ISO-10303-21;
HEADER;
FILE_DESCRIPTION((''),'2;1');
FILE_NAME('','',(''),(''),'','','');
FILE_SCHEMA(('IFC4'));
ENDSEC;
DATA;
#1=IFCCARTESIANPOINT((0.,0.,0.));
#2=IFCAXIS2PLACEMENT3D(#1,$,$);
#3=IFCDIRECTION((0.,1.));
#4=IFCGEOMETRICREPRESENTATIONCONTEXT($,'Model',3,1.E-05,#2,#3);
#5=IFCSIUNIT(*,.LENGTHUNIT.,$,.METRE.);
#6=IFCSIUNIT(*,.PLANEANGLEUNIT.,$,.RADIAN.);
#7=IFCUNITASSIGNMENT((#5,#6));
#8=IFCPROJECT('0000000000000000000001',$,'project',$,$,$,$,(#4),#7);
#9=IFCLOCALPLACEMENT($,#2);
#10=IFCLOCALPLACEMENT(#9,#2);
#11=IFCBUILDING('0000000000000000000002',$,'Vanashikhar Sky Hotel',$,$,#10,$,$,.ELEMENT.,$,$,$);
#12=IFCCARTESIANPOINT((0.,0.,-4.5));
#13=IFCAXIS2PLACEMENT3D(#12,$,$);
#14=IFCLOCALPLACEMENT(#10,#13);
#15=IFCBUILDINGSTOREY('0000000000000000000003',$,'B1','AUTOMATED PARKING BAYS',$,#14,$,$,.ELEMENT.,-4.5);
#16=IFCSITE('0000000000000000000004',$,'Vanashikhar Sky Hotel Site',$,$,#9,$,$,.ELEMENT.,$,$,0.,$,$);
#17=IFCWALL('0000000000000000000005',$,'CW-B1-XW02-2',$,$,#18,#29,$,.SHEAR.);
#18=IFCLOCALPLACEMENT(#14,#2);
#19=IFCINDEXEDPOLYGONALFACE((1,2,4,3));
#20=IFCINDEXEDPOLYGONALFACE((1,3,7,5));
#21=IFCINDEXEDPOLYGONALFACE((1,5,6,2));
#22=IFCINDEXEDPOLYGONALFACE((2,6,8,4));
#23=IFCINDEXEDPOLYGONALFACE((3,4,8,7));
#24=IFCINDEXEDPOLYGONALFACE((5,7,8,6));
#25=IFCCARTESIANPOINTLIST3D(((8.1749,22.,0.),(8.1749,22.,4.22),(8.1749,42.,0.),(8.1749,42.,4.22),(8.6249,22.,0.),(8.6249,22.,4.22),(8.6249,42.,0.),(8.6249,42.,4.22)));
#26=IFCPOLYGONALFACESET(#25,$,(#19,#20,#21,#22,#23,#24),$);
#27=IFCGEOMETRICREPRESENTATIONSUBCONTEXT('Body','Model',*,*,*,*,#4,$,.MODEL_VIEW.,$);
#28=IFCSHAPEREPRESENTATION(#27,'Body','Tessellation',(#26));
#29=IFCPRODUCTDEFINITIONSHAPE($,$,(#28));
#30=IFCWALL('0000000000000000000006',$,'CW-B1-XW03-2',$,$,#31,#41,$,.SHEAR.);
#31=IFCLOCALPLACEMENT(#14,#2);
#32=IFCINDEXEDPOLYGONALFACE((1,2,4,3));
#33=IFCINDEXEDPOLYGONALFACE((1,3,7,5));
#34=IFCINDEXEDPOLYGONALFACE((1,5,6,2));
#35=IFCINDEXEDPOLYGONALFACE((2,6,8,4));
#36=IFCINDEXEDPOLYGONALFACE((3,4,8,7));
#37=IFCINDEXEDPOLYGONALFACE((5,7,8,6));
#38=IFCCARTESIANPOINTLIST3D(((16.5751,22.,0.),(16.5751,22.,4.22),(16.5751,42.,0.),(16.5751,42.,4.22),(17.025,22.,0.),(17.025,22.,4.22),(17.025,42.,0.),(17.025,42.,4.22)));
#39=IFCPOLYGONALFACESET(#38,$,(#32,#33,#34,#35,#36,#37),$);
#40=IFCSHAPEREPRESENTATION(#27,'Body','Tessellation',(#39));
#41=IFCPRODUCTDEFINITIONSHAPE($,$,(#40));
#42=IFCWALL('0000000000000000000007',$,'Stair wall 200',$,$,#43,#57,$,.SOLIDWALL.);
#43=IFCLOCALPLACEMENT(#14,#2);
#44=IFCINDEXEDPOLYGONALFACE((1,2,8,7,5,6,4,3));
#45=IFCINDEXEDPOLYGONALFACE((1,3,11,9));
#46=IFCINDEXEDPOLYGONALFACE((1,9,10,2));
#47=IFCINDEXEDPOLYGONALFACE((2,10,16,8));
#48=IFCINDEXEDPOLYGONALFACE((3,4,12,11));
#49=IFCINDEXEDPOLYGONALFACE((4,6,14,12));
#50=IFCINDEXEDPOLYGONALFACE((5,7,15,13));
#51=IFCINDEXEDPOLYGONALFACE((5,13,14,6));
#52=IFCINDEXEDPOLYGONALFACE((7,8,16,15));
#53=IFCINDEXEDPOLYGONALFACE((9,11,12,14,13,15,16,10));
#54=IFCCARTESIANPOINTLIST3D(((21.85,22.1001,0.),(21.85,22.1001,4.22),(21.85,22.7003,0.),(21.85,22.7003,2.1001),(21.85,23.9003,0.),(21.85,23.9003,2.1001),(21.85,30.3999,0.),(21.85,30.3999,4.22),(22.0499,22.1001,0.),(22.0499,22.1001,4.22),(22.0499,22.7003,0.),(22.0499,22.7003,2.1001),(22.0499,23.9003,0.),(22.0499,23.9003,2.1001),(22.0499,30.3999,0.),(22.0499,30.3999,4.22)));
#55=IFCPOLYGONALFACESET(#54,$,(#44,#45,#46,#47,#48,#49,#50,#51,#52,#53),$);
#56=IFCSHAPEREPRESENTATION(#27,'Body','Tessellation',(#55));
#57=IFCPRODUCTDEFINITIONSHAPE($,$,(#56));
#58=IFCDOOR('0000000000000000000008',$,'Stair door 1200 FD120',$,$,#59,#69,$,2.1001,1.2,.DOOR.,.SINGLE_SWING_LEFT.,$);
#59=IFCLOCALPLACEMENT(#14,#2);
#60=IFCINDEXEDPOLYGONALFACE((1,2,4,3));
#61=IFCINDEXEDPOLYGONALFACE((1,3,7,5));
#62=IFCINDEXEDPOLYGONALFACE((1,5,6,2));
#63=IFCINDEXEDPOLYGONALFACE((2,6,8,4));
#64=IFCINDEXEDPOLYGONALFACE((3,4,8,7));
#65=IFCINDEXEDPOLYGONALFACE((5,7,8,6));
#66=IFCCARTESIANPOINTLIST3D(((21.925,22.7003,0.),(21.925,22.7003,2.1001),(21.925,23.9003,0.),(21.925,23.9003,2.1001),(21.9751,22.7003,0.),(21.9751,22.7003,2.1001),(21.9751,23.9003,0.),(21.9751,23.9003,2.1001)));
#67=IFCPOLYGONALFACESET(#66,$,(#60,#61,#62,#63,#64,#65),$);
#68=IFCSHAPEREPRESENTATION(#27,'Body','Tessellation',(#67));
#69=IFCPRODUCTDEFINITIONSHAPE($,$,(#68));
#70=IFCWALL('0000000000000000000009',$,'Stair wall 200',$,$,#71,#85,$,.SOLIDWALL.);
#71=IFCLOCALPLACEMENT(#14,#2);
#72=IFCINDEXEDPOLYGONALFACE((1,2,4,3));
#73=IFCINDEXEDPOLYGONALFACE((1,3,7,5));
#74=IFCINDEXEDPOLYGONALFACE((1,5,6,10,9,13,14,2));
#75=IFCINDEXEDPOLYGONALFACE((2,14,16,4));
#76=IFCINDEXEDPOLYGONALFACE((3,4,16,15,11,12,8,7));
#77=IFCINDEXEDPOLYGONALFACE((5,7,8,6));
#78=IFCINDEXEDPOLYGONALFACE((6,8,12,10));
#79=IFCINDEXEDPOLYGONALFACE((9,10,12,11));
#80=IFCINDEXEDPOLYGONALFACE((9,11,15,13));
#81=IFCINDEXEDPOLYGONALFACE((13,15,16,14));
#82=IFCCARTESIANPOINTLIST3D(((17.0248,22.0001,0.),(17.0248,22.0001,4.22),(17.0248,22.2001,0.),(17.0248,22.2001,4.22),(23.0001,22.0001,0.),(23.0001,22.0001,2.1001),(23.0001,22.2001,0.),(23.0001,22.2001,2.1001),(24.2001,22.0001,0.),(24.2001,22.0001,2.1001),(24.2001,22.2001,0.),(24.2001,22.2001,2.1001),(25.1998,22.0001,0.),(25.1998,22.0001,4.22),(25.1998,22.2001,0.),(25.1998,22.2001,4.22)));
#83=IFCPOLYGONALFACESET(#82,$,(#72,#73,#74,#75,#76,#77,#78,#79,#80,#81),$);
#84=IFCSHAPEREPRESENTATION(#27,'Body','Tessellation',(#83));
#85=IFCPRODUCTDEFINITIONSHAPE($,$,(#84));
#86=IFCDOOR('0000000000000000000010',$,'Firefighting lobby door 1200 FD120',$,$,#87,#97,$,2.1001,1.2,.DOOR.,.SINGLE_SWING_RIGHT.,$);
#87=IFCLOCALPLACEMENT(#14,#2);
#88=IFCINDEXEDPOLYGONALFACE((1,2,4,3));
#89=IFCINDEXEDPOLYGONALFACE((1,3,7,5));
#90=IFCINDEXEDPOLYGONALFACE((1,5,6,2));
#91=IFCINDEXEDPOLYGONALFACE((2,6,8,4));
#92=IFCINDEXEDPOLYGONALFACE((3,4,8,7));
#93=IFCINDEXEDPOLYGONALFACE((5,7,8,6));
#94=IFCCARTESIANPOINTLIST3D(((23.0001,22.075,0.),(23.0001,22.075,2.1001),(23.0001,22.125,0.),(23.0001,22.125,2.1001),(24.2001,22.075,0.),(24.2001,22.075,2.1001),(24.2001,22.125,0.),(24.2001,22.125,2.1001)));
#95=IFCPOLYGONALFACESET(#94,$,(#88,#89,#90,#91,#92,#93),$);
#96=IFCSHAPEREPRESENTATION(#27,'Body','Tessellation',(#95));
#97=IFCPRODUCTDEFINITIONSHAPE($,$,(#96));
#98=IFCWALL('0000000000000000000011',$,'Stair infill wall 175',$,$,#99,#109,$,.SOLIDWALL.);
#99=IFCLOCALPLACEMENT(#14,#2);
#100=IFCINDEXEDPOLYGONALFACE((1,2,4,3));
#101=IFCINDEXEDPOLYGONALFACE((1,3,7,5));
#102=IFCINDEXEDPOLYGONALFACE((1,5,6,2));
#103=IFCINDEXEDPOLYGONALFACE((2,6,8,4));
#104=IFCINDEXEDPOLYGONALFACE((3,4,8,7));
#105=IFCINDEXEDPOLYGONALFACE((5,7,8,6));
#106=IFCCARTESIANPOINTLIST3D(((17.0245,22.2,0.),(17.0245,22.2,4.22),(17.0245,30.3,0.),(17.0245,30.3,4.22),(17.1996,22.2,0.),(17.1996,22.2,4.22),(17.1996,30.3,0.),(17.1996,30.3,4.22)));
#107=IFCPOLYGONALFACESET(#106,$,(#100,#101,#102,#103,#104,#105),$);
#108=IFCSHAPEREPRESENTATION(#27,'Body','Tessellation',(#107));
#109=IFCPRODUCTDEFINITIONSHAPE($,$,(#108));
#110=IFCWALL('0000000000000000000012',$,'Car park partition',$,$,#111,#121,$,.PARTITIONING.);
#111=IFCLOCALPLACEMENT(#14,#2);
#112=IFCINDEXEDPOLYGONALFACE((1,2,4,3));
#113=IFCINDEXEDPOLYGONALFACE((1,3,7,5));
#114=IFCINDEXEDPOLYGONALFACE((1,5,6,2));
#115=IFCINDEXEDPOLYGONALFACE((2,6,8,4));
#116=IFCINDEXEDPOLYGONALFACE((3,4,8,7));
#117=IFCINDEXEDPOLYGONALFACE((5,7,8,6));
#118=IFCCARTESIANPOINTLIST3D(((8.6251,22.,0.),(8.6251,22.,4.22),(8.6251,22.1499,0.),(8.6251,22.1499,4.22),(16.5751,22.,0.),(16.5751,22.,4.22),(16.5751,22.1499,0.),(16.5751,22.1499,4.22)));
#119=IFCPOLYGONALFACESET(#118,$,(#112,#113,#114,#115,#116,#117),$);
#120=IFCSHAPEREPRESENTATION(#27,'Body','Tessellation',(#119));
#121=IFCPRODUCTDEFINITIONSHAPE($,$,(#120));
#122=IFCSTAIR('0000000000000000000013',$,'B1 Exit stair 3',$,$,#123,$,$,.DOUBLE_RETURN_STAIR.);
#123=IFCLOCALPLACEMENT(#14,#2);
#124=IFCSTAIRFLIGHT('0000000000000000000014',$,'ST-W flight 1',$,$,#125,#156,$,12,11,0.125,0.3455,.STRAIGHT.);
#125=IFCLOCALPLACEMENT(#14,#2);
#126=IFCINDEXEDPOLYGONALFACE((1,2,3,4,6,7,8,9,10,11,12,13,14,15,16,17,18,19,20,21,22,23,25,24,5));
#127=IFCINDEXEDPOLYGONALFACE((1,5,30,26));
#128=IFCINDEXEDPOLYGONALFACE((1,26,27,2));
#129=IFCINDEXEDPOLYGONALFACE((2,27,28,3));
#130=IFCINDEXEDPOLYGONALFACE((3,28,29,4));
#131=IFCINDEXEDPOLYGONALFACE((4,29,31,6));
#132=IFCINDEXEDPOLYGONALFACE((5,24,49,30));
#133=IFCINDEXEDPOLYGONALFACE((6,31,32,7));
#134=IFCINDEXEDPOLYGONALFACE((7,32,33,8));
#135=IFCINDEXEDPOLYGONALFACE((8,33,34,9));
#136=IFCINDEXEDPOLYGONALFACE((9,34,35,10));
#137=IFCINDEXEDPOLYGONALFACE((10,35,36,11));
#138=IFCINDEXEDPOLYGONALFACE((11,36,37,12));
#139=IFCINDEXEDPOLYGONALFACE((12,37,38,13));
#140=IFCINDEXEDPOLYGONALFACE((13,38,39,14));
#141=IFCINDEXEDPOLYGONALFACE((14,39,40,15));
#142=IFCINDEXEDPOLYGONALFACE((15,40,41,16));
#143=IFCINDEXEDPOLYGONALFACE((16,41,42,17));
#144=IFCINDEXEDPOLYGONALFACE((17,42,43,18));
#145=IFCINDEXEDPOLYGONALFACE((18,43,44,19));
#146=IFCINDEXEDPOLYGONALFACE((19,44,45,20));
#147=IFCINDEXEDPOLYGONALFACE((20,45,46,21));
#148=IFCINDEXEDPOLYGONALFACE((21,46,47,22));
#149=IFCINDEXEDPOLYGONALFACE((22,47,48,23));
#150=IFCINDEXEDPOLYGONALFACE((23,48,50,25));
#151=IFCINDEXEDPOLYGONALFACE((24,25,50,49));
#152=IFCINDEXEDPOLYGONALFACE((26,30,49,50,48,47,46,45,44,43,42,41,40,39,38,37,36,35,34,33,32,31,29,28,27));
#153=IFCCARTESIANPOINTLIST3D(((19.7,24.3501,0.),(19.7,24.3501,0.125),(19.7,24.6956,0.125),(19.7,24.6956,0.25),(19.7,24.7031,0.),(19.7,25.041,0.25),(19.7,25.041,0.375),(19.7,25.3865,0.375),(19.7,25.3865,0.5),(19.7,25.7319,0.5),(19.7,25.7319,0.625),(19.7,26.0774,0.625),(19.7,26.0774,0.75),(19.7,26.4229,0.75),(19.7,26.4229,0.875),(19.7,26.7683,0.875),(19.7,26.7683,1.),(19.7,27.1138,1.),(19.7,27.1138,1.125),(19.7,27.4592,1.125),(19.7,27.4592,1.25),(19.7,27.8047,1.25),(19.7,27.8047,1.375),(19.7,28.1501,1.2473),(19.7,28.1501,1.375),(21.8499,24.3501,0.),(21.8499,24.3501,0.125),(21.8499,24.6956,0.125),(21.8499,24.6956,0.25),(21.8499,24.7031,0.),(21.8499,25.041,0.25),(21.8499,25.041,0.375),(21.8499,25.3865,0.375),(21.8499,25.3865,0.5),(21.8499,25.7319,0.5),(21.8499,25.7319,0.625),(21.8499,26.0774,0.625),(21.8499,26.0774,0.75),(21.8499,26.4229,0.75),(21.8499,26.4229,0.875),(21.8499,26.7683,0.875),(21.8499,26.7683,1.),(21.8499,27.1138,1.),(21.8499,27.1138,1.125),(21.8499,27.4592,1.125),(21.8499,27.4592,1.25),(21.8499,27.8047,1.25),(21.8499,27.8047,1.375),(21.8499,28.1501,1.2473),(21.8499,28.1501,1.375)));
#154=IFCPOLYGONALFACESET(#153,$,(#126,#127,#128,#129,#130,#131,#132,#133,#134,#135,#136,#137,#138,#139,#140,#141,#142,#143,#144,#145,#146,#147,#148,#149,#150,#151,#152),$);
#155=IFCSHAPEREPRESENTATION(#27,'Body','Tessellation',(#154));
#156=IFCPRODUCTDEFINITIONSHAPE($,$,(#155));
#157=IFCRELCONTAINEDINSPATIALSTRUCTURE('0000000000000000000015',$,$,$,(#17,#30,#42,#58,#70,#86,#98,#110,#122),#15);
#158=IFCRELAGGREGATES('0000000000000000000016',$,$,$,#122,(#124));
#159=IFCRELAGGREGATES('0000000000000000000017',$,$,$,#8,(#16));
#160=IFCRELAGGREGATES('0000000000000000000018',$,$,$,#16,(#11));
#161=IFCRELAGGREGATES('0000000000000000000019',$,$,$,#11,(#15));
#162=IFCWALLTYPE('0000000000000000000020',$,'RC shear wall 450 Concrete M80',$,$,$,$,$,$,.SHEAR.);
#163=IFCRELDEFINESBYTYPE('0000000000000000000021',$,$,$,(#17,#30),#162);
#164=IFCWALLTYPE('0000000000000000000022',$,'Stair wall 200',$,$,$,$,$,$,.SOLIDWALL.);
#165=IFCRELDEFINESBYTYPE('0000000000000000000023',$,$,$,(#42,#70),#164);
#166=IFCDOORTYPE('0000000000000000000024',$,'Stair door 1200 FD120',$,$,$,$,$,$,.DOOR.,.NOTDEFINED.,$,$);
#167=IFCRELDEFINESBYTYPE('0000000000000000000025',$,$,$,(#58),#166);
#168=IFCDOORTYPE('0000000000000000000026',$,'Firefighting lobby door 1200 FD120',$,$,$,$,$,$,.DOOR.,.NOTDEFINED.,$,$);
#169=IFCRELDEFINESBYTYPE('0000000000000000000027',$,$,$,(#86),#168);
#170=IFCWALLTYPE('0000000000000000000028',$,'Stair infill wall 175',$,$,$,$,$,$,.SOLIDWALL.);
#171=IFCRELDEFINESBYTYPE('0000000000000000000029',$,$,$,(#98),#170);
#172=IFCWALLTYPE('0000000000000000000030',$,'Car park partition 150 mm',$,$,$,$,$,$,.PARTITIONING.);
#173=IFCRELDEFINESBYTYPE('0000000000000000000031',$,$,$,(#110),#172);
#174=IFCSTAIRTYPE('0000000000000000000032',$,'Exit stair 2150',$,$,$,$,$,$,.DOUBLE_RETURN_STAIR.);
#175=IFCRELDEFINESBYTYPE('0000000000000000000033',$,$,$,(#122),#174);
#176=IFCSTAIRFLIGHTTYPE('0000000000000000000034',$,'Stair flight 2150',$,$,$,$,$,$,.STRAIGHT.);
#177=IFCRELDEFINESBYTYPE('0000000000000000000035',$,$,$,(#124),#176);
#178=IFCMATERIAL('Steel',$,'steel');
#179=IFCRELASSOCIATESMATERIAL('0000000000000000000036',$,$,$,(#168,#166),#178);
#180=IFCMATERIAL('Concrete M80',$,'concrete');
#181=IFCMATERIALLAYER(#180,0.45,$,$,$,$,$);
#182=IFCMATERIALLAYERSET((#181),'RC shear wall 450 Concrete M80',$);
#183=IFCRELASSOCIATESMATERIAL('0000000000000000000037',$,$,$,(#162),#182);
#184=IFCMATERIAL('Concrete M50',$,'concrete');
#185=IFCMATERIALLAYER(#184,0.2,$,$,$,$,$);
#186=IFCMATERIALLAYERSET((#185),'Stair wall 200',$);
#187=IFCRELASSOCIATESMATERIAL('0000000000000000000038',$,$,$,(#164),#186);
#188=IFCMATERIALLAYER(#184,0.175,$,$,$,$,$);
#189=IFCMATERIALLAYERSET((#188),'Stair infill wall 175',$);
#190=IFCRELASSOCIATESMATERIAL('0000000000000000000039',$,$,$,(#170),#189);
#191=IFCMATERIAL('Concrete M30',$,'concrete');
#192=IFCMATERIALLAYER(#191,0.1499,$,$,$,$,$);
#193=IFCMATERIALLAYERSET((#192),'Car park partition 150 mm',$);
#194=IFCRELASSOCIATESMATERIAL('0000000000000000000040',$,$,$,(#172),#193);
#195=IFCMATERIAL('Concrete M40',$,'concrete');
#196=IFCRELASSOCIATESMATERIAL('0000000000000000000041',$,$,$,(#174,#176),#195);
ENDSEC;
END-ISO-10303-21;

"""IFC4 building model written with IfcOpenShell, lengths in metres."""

from ifc_helpers import new_model, si_unit, direction, frame, frame_2d, origin, place, context, subcontext, project, spatial, polyline, rectangle, outline, extrude, source, transform, mapped, material, layer, layer_set, type_object, element, fill, aggregate, save


model = new_model("IFC4")

# Units and contexts
model_context = context("Model", 3, precision=1e-05, world=origin(), true_north=direction((0.0, 1.0)))
body_context = subcontext(model_context, "Body", "Model", "MODEL_VIEW")
ifc_project = project(units=[si_unit("LENGTHUNIT", "METRE"), si_unit("PLANEANGLEUNIT", "RADIAN")], contexts=[model_context])

# Site, building, storey
site_placement = place(None, origin())
site = spatial("IfcSite", under=ifc_project, at=site_placement, Name="Vanashikhar Sky Hotel Site", CompositionType="ELEMENT", RefElevation=0.0)
building_placement = place(site_placement, origin())
building = spatial("IfcBuilding", under=site, at=building_placement, Name="Vanashikhar Sky Hotel", CompositionType="ELEMENT")
storey_placement = place(building_placement, frame((0.0, 0.0, -4.5)))
storey = spatial("IfcBuildingStorey", under=building, at=storey_placement, Name="B1", Description="AUTOMATED PARKING BAYS", CompositionType="ELEMENT", Elevation=-4.5)

# Shared definitions
ifc_material_1 = material(Name="Concrete M50", Category="concrete")

# Shared definitions
ifc_material_2 = material(Name="Concrete M80", Category="concrete")
ifc_material_3 = material(Name="Steel", Category="steel")
door_type_1 = type_object("IfcDoorType", Name="Firefighting lobby door 1200 FD120", OperationType="NOTDEFINED", PredefinedType="DOOR", material=ifc_material_3)

# Walls
ifc_layer_1 = layer(ifc_material_2, 0.45)
ifc_layer_set_1 = layer_set([ifc_layer_1], Name="RC shear wall 450 Concrete M80")
wall_type_1 = type_object("IfcWallType", Name="RC shear wall 450 Concrete M80", PredefinedType="SHEAR", material=ifc_layer_set_1)
shared_shape_1 = source(origin(), body_context, "Body", "SweptSolid", [
    extrude(rectangle(XDim=20.0, YDim=0.45, at=frame_2d((10.0, 0.0))), origin(), (0.0, 0.0, 1.0), 4.22),
])
for number, where, z_axis, x_axis, name in (
    (1, (8.3999, 22.0, 0.0), (0.0, 0.0, 1.0), (0.0, 1.0, 0.0), "CW-B1-XW02-2"),
    (2, (16.8, 22.0, 0.0), (0.0, 0.0, 1.0), (0.0, 1.0, 0.0), "CW-B1-XW03-2"),
):
    element("IfcWall", number, at=place(storey_placement, frame(where, z_axis=z_axis, x_axis=x_axis)), inside=storey, type_object=wall_type_1, Name=name, PredefinedType="SHEAR", context=body_context, shape_type="MappedRepresentation", body=[
        mapped(shared_shape_1, transform((0.0, 0.0, 0.0), scale=1.0)),
    ])

# Walls, openings, doors
ifc_layer_2 = layer(ifc_material_1, 0.2)
ifc_layer_set_2 = layer_set([ifc_layer_2], Name="Stair wall 200")
wall_type_2 = type_object("IfcWallType", Name="Stair wall 200", PredefinedType="SOLIDWALL", material=ifc_layer_set_2)
shared_shape_2 = source(origin(), body_context, "Body", "SweptSolid", [
    extrude(rectangle(XDim=8.2998, YDim=0.2, at=frame_2d((4.1499, 0.0))), origin(), (0.0, 0.0, 1.0), 4.22),
])
wall_1_placement = place(storey_placement, frame((21.95, 22.1001, 0.0), z_axis=(0.0, 0.0, 1.0), x_axis=(0.0, 1.0, 0.0)))
wall_1 = element("IfcWall", 3, at=wall_1_placement, inside=storey, type_object=wall_type_2, Name="Stair wall 200", PredefinedType="SOLIDWALL", context=body_context, shape_type="MappedRepresentation", body=[
    mapped(shared_shape_2, transform((0.0, 0.0, 0.0), scale=1.0)),
])
shared_shape_3 = source(origin(), body_context, "Body", "SweptSolid", [
    extrude(rectangle(XDim=1.2, YDim=2.1001, at=frame_2d((0.6001, 1.05))), frame((0.0, 0.1099, 0.0), z_axis=(0.0, -1.0, 0.0), x_axis=(1.0, 0.0, 0.0)), (0.0, 0.0, 1.0), 0.22),
])
opening_1_placement = place(wall_1_placement, frame((0.6001, 0.0, 0.0)))
opening_1 = element("IfcOpeningElement", 4, at=opening_1_placement, cuts=wall_1, PredefinedType="OPENING", context=body_context, shape_type="MappedRepresentation", body=[
    mapped(shared_shape_3, transform((0.0, 0.0, 0.0), scale=1.0)),
])
door_type_2 = type_object("IfcDoorType", Name="Stair door 1200 FD120", OperationType="NOTDEFINED", PredefinedType="DOOR", material=ifc_material_3)
shared_shape_4 = source(origin(), body_context, "Body", "SweptSolid", [
    extrude(rectangle(XDim=1.2, YDim=2.1001, at=frame_2d((0.6001, 1.05))), frame((0.0, 0.0249, 0.0), z_axis=(0.0, -1.0, 0.0), x_axis=(1.0, 0.0, 0.0)), (0.0, 0.0, 1.0), 0.05),
])
door_1_placement = place(opening_1_placement, origin())
door_1 = element("IfcDoor", 5, at=door_1_placement, inside=storey, type_object=door_type_2, Name="Stair door 1200 FD120", OperationType="SINGLE_SWING_LEFT", OverallHeight=2.1001, OverallWidth=1.2, PredefinedType="DOOR", context=body_context, shape_type="MappedRepresentation", body=[
    mapped(shared_shape_4, transform((0.0, 0.0, 0.0), scale=1.0)),
])
fill(opening_1, door_1)
shared_shape_5 = source(origin(), body_context, "Body", "SweptSolid", [
    extrude(rectangle(XDim=8.175, YDim=0.2, at=frame_2d((4.0874, 0.0))), origin(), (0.0, 0.0, 1.0), 4.22),
])
wall_2_placement = place(storey_placement, frame((17.0249, 22.1001, 0.0), z_axis=(0.0, 0.0, 1.0), x_axis=(1.0, 0.0, 0.0)))
wall_2 = element("IfcWall", 6, at=wall_2_placement, inside=storey, type_object=wall_type_2, Name="Stair wall 200", PredefinedType="SOLIDWALL", context=body_context, shape_type="MappedRepresentation", body=[
    mapped(shared_shape_5, transform((0.0, 0.0, 0.0), scale=1.0)),
])
opening_2_placement = place(wall_2_placement, frame((5.9751, 0.0, 0.0)))
opening_2 = element("IfcOpeningElement", 7, at=opening_2_placement, cuts=wall_2, PredefinedType="OPENING", context=body_context, shape_type="MappedRepresentation", body=[
    mapped(shared_shape_3, transform((0.0, 0.0, 0.0), scale=1.0)),
])
door_2_placement = place(opening_2_placement, origin())
door_2 = element("IfcDoor", 8, at=door_2_placement, inside=storey, type_object=door_type_1, Name="Firefighting lobby door 1200 FD120", OperationType="SINGLE_SWING_RIGHT", OverallHeight=2.1001, OverallWidth=1.2, PredefinedType="DOOR", context=body_context, shape_type="MappedRepresentation", body=[
    mapped(shared_shape_4, transform((0.0, 0.0, 0.0), scale=1.0)),
])
fill(opening_2, door_2)

# Walls
ifc_layer_3 = layer(ifc_material_1, 0.175)
ifc_layer_set_3 = layer_set([ifc_layer_3], Name="Stair infill wall 175")
wall_type_3 = type_object("IfcWallType", Name="Stair infill wall 175", PredefinedType="SOLIDWALL", material=ifc_layer_set_3)
shared_shape_6 = source(origin(), body_context, "Body", "SweptSolid", [
    extrude(rectangle(XDim=8.1001, YDim=0.175, at=frame_2d((4.05, 0.0))), origin(), (0.0, 0.0, 1.0), 4.22),
])
wall_3_placement = place(storey_placement, frame((17.1121, 22.2, 0.0), z_axis=(0.0, 0.0, 1.0), x_axis=(0.0, 1.0, 0.0)))
element("IfcWall", 9, at=wall_3_placement, inside=storey, type_object=wall_type_3, Name="Stair infill wall 175", PredefinedType="SOLIDWALL", context=body_context, shape_type="MappedRepresentation", body=[
    mapped(shared_shape_6, transform((0.0, 0.0, 0.0), scale=1.0)),
])
ifc_material_4 = material(Name="Concrete M30", Category="concrete")
ifc_layer_4 = layer(ifc_material_4, 0.1499)
ifc_layer_set_4 = layer_set([ifc_layer_4], Name="Car park partition 150 mm")
wall_type_4 = type_object("IfcWallType", Name="Car park partition 150 mm", PredefinedType="PARTITIONING", material=ifc_layer_set_4)
shared_shape_7 = source(origin(), body_context, "Body", "SweptSolid", [
    extrude(rectangle(XDim=7.95, YDim=0.1499, at=frame_2d((3.9751, 0.0))), origin(), (0.0, 0.0, 1.0), 4.22),
])
wall_4_placement = place(storey_placement, frame((8.625, 22.075, 0.0), z_axis=(0.0, 0.0, 1.0), x_axis=(1.0, 0.0, 0.0)))
element("IfcWall", 10, at=wall_4_placement, inside=storey, type_object=wall_type_4, Name="Car park partition", PredefinedType="PARTITIONING", context=body_context, shape_type="MappedRepresentation", body=[
    mapped(shared_shape_7, transform((0.0, 0.0, 0.0), scale=1.0)),
])

# Stair, stair flight
ifc_material_5 = material(Name="Concrete M40", Category="concrete")
stair_type = type_object("IfcStairType", Name="Exit stair 2150", PredefinedType="DOUBLE_RETURN_STAIR", material=ifc_material_5)
stair_placement = place(storey_placement, origin())
stair = element("IfcStair", 11, at=stair_placement, inside=storey, type_object=stair_type, Name="B1 Exit stair 3", PredefinedType="DOUBLE_RETURN_STAIR")
stair_flight_type = type_object("IfcStairFlightType", Name="Stair flight 2150", PredefinedType="STRAIGHT", material=ifc_material_5)
shared_shape_8 = source(origin(), body_context, "Body", "SweptSolid", [
    extrude(outline(polyline([(0.0, 0.0), (0.0, 0.125), (0.3455, 0.125), (0.3455, 0.25), (0.6909, 0.25), (0.6909, 0.375), (1.0364, 0.375), (1.0364, 0.5), (1.3818, 0.5), (1.3818, 0.625), (1.7273, 0.625), (1.7273, 0.75), (2.0728, 0.75), (2.0728, 0.875), (2.4182, 0.875), (2.4182, 1.0), (2.7637, 1.0), (2.7637, 1.125), (3.1091, 1.125), (3.1091, 1.25), (3.4546, 1.25), (3.4546, 1.375), (3.8, 1.375), (3.8, 1.5), (3.8, 1.2473), (0.353, 0.0), (0.0, 0.0)])), frame((0.0, 1.075, 0.0), z_axis=(0.0, -1.0, 0.0), x_axis=(1.0, 0.0, 0.0)), (0.0, 0.0, 1.0), 2.1499),
])
stair_flight_placement = place(storey_placement, frame((20.7749, 24.3501, 0.0), z_axis=(0.0, 0.0, 1.0), x_axis=(0.0, 1.0, 0.0)))
stair_flight = element("IfcStairFlight", 12, at=stair_flight_placement, type_object=stair_flight_type, Name="ST-W flight 1", NumberOfRisers=12, NumberOfTreads=11, PredefinedType="STRAIGHT", RiserHeight=0.125, TreadLength=0.3455, context=body_context, shape_type="MappedRepresentation", body=[
    mapped(shared_shape_8, transform((0.0, 0.0, 0.0), scale=1.0)),
])
aggregate(stair, [stair_flight])

save(model, "model.ifc")
